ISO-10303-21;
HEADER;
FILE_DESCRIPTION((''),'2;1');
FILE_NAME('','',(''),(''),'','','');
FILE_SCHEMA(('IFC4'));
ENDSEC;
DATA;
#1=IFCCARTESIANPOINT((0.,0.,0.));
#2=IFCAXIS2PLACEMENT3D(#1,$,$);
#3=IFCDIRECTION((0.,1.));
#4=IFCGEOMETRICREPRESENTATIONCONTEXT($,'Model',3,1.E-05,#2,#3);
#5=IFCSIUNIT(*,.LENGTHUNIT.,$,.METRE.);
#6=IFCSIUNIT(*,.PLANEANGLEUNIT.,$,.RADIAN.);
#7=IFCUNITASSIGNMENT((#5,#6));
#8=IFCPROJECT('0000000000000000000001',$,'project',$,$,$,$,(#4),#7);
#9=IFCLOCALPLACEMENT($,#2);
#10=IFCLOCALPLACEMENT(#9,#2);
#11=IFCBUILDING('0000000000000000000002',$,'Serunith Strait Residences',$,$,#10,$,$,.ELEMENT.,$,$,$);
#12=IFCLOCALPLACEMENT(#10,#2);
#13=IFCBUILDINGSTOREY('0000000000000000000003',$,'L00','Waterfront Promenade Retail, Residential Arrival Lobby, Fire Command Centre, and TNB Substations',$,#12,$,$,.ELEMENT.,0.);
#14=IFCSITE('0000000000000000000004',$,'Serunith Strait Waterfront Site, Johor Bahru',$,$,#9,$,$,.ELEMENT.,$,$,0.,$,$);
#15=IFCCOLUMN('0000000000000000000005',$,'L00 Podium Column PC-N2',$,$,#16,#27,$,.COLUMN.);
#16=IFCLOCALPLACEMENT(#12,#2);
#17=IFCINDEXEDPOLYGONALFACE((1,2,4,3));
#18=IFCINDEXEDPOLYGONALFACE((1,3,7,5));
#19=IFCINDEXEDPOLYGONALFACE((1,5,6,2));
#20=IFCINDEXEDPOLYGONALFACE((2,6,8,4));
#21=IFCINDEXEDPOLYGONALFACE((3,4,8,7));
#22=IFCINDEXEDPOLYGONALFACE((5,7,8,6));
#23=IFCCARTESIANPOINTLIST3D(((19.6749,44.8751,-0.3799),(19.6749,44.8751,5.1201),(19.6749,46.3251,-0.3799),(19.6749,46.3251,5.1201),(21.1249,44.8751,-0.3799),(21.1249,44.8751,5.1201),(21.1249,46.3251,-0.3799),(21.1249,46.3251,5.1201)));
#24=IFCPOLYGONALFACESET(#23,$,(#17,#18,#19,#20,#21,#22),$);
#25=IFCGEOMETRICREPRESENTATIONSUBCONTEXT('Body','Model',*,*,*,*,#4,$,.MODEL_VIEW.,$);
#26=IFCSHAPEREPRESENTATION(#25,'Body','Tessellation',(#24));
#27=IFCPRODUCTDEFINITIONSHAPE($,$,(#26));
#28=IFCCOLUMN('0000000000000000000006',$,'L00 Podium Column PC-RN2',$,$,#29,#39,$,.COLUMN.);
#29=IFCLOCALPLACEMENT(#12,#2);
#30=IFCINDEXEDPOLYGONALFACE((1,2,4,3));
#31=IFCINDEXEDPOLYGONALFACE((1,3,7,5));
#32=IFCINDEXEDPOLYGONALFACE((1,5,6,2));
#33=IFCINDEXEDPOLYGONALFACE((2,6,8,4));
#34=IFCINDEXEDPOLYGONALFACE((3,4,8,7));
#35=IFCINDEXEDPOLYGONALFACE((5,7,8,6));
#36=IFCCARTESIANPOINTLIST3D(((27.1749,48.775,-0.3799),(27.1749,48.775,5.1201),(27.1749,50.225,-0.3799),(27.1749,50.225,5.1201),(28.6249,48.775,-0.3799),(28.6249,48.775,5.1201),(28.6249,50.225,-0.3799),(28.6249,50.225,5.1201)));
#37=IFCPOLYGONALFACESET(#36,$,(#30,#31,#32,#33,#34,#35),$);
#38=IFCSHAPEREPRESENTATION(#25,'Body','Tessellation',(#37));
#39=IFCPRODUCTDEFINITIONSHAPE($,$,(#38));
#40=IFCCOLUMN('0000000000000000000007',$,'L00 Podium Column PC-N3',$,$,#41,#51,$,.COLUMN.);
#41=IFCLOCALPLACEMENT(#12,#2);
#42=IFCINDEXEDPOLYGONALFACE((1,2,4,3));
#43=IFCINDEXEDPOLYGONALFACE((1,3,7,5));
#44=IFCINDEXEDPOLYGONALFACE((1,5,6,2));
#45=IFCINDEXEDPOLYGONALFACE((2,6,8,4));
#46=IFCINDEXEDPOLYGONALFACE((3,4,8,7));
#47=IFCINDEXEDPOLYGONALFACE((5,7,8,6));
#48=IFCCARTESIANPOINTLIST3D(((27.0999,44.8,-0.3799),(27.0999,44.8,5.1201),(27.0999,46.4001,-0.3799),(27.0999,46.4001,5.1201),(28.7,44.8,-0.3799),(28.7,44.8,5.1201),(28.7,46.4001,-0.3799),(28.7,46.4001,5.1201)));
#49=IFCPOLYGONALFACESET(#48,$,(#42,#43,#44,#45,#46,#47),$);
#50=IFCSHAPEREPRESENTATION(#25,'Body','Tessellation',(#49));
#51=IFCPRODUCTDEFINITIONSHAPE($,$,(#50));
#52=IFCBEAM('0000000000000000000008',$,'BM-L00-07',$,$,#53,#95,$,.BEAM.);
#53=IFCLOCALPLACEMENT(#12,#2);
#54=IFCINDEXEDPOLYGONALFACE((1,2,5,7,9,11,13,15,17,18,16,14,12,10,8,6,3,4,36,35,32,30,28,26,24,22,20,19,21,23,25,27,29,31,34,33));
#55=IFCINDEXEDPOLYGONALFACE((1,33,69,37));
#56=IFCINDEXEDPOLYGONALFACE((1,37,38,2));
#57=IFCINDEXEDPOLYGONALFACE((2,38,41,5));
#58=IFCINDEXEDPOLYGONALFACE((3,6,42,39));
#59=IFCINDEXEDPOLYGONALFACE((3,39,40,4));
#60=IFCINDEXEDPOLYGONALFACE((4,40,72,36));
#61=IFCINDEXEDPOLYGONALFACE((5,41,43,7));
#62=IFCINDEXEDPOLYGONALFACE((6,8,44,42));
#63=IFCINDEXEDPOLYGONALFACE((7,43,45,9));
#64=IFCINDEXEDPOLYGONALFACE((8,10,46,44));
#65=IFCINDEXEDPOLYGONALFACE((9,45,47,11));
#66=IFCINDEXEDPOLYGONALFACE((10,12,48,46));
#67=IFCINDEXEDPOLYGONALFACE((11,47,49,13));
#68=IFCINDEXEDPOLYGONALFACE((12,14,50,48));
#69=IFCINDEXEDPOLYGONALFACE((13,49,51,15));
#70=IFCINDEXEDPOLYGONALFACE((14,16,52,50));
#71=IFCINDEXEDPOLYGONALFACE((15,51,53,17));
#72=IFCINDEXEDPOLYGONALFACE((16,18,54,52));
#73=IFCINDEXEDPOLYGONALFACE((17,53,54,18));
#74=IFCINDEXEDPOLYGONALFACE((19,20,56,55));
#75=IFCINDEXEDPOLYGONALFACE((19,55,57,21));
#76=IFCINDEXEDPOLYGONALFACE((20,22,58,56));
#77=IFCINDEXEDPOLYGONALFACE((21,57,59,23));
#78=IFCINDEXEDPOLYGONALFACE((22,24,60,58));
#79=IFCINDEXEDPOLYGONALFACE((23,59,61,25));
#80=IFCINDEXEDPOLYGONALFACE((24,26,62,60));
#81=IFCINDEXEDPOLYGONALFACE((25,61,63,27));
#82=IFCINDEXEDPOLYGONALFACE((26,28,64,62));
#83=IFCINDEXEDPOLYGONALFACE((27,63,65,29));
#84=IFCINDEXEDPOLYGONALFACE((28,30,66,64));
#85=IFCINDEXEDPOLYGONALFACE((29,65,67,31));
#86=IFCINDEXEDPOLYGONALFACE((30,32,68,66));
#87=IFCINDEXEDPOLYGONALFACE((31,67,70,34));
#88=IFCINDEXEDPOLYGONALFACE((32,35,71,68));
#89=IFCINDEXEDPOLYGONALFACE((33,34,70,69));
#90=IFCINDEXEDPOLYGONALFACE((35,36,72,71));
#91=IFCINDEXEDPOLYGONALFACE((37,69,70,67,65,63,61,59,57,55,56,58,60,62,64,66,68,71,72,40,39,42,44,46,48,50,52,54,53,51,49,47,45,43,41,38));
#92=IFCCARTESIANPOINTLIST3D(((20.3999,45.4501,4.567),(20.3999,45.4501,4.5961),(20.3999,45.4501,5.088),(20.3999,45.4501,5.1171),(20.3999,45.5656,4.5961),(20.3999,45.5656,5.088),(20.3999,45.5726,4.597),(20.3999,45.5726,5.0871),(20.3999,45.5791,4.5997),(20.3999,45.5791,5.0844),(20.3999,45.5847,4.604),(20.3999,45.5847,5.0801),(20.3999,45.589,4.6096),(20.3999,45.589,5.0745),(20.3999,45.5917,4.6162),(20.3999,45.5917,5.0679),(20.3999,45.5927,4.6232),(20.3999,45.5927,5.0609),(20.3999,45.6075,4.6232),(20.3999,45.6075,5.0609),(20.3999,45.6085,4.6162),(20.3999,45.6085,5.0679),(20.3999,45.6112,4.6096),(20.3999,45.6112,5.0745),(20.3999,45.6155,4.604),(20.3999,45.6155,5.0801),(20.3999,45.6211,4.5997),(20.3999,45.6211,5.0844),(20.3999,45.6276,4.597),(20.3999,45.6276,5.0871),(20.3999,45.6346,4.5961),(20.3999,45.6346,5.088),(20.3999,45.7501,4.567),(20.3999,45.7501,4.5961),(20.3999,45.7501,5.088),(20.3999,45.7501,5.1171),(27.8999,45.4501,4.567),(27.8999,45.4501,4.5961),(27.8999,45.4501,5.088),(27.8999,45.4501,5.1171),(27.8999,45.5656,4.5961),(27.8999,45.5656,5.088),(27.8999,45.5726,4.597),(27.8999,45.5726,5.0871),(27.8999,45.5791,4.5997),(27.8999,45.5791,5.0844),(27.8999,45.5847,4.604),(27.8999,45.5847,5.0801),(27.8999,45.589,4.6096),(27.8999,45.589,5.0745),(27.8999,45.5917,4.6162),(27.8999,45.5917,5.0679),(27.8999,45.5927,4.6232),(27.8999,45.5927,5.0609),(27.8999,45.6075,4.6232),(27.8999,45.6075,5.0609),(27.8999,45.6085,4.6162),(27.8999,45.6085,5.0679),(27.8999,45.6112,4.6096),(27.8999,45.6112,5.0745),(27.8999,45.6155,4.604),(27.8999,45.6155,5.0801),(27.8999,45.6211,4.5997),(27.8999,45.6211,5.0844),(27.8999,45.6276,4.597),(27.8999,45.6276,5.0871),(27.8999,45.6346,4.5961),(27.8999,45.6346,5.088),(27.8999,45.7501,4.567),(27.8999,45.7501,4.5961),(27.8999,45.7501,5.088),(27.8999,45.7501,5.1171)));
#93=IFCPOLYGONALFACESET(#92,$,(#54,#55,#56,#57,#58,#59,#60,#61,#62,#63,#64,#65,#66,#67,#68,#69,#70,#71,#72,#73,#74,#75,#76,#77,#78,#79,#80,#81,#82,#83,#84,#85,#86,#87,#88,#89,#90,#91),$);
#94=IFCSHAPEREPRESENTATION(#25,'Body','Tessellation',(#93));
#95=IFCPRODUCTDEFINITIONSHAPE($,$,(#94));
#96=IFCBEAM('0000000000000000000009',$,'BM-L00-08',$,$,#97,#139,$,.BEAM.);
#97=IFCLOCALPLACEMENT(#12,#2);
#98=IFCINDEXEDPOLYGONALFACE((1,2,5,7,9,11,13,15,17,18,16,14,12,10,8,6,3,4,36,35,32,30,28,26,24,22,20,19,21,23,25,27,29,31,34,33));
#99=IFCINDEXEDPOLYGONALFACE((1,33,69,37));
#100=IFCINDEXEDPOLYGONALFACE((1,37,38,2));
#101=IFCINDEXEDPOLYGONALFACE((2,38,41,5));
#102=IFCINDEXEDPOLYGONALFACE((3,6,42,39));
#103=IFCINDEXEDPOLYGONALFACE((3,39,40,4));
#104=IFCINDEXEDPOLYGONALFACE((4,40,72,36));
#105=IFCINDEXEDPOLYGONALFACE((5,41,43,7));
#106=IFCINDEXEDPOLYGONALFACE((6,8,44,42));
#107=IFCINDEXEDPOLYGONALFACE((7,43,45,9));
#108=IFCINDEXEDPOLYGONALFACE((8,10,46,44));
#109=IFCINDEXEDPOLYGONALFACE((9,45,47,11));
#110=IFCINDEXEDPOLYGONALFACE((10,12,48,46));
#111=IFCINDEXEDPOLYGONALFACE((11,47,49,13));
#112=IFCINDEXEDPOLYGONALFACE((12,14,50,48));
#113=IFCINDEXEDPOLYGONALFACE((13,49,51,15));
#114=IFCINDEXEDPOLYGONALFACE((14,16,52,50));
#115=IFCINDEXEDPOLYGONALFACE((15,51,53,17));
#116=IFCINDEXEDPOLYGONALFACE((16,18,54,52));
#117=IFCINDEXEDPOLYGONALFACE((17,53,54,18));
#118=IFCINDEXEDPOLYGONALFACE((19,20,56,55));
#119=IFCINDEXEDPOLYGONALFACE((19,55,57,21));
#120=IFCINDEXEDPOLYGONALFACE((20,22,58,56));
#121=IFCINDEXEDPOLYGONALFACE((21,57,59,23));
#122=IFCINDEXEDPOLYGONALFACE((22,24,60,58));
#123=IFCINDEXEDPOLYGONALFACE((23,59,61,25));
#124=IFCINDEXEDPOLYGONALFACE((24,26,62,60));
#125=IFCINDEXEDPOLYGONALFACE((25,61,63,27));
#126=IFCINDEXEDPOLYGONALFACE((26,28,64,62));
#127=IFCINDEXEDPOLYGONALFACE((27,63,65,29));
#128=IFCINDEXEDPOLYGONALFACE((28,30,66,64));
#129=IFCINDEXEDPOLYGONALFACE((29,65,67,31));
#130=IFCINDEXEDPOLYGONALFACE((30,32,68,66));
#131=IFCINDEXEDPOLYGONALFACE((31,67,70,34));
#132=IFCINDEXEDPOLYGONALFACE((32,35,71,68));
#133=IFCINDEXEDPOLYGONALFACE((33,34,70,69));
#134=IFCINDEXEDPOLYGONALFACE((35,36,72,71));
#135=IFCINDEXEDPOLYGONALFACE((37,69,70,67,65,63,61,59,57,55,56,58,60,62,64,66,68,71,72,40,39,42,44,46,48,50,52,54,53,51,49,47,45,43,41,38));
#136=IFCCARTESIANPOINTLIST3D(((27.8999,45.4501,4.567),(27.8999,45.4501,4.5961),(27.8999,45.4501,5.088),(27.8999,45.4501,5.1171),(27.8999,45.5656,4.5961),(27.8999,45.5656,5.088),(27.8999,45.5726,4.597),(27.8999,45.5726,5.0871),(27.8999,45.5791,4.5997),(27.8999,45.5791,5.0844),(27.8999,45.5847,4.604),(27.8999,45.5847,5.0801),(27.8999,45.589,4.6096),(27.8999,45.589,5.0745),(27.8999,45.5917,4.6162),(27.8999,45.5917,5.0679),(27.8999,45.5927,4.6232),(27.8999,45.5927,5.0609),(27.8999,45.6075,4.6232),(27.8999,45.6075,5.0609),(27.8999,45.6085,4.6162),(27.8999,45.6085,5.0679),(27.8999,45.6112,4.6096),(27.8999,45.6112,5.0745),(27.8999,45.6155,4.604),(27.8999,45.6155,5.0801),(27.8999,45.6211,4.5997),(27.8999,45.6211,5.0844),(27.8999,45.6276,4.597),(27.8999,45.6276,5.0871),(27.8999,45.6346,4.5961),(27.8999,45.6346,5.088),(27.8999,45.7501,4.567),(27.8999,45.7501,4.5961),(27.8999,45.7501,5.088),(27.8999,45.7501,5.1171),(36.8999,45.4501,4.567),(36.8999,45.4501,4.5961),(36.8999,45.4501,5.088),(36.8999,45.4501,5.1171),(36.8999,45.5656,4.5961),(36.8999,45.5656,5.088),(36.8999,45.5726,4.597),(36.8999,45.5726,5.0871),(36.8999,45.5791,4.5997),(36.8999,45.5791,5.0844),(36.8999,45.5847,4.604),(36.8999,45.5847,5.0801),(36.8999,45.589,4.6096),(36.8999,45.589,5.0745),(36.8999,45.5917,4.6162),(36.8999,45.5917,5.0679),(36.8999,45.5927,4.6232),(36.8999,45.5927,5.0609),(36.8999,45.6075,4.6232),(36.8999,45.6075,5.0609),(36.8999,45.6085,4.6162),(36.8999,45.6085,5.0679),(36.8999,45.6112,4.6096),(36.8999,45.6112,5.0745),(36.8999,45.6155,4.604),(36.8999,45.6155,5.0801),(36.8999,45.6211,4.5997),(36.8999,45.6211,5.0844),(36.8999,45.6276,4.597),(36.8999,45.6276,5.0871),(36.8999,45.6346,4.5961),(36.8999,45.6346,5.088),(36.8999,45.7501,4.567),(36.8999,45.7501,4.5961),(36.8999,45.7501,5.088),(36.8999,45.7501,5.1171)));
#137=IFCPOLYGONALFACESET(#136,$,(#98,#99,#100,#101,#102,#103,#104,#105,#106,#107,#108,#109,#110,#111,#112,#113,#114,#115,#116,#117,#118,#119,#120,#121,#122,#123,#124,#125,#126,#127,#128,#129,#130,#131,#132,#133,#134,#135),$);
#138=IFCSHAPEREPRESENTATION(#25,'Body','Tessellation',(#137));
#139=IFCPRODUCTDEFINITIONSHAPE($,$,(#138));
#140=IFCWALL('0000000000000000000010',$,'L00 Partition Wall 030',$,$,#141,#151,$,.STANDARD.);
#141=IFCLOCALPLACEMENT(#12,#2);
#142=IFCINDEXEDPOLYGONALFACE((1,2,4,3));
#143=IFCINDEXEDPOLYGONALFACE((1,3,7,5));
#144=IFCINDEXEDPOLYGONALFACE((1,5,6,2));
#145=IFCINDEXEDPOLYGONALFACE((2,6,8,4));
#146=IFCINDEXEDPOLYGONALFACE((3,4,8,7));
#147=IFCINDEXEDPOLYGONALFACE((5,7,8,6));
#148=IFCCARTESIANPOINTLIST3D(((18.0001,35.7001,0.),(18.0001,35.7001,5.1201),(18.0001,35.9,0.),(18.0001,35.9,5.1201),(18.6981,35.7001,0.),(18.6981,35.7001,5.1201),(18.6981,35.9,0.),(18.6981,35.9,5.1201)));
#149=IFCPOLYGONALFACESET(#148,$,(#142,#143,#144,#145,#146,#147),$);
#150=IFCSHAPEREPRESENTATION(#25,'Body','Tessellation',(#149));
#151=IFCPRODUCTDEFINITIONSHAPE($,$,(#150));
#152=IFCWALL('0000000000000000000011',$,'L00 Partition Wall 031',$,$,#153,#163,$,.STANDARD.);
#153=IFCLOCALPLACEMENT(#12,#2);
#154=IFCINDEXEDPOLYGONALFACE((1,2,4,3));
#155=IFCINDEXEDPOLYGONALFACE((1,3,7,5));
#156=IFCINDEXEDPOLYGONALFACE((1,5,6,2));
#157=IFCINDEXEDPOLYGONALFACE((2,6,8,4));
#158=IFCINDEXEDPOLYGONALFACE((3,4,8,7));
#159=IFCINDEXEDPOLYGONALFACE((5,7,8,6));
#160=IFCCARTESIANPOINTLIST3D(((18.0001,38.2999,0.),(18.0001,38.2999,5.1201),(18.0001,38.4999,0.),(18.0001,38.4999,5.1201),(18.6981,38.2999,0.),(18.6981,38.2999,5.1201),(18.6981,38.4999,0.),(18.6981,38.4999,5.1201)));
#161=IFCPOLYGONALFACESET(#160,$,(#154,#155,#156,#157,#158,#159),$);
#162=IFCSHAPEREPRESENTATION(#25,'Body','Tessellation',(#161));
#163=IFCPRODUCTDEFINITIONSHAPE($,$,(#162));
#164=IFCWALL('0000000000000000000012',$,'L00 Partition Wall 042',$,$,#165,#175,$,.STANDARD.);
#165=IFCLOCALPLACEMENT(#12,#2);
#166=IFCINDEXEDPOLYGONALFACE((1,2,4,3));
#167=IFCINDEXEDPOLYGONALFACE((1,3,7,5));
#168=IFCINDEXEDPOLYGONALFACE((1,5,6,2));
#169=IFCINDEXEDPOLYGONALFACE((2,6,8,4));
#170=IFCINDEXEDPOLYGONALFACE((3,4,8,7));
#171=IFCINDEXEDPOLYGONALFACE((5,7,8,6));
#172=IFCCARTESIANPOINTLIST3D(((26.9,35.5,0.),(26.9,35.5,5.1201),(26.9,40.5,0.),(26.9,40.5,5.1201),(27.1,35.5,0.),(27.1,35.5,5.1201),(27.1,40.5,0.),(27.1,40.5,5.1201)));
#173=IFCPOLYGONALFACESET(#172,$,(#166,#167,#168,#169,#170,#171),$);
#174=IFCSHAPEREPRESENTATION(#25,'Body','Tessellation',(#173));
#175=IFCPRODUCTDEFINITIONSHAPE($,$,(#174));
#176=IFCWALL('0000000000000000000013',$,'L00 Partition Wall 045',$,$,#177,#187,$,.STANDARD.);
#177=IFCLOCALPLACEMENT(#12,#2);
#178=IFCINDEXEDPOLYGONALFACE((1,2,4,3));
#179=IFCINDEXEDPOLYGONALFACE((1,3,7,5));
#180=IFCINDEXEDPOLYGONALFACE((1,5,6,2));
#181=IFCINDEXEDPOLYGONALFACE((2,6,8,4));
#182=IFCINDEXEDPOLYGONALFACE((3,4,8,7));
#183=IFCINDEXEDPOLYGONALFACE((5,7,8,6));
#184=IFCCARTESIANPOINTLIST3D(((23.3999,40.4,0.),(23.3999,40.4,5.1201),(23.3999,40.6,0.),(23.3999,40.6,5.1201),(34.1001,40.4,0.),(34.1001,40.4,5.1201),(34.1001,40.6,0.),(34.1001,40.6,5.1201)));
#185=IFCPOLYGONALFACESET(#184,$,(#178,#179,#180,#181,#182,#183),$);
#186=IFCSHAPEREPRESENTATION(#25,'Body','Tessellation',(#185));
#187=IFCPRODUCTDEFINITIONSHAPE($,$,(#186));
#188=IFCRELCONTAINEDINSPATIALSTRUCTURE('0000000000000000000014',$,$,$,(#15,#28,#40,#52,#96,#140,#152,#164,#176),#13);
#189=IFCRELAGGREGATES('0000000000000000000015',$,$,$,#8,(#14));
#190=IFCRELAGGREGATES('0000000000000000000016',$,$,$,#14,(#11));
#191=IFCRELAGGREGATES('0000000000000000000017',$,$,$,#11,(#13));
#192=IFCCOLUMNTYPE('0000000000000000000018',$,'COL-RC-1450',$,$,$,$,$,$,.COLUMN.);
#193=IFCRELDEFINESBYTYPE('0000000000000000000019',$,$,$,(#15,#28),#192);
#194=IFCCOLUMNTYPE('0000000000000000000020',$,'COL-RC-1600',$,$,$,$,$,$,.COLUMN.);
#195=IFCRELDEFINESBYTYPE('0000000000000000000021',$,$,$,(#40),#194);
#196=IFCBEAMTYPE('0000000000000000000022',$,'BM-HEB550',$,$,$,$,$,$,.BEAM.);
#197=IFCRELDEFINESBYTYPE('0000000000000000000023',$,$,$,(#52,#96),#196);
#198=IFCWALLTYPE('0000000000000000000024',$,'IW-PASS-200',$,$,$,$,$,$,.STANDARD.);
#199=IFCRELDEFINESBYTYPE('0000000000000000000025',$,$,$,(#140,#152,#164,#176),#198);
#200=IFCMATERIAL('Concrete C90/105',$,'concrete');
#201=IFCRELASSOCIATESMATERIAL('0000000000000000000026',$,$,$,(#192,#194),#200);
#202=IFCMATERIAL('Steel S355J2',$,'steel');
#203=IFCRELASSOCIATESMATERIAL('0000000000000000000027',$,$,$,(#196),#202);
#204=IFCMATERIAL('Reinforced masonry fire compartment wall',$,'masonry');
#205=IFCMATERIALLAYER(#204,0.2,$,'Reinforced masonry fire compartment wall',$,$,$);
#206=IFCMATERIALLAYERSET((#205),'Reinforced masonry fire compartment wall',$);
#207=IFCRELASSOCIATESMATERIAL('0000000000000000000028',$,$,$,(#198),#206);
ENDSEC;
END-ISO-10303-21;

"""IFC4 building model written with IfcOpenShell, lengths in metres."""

from ifc_helpers import new_model, si_unit, direction, frame, frame_2d, origin, origin_2d, place, context, subcontext, project, spatial, rectangle, i_section, extrude, source, transform, mapped, material, layer, layer_set, material_profile, profile_set, type_object, element, save


model = new_model("IFC4")

# Units and contexts
model_context = context("Model", 3, precision=1e-05, world=origin(), true_north=direction((0.0, 1.0)))
body_context = subcontext(model_context, "Body", "Model", "MODEL_VIEW")
ifc_project = project(units=[si_unit("LENGTHUNIT", "METRE"), si_unit("PLANEANGLEUNIT", "RADIAN")], contexts=[model_context])

# Site, building, storey
site_placement = place(None, origin())
site = spatial("IfcSite", under=ifc_project, at=site_placement, Name="Serunith Strait Waterfront Site, Johor Bahru", CompositionType="ELEMENT", RefElevation=0.0)
building_placement = place(site_placement, origin())
building = spatial("IfcBuilding", under=site, at=building_placement, Name="Serunith Strait Residences", CompositionType="ELEMENT")
storey_placement = place(building_placement, origin())
storey = spatial("IfcBuildingStorey", under=building, at=storey_placement, Name="L00", Description="Waterfront Promenade Retail, Residential Arrival Lobby, Fire Command Centre, and TNB Substations", CompositionType="ELEMENT", Elevation=0.0)

# Columns
ifc_material_1 = material(Name="Concrete C90/105", Category="concrete")
ifc_material_profile_1 = material_profile(ifc_material_1, rectangle(XDim=1.45, YDim=1.45, at=origin_2d()), Name="RC 1450x1450")
ifc_profile_set_1 = profile_set([ifc_material_profile_1], Name="Concrete C90/105")
column_type_1 = type_object("IfcColumnType", Name="COL-RC-1450", PredefinedType="COLUMN", material=ifc_profile_set_1)
shared_shape_1 = source(origin(), body_context, "Body", "SweptSolid", [
    extrude(rectangle(XDim=1.45, YDim=1.45, at=origin_2d()), origin(), (0.0, 0.0, 1.0), 5.5),
])
for number, where, z_axis, x_axis, name in (
    (1, (20.3999, 45.6001, -0.3799), (0.0, 0.0, 1.0), (1.0, 0.0, 0.0), "L00 Podium Column PC-N2"),
    (2, (27.8999, 49.5, -0.3799), (0.0, 0.0, 1.0), (1.0, 0.0, 0.0), "L00 Podium Column PC-RN2"),
):
    element("IfcColumn", number, at=place(storey_placement, frame(where, z_axis=z_axis, x_axis=x_axis)), inside=storey, type_object=column_type_1, Name=name, PredefinedType="COLUMN", context=body_context, shape_type="MappedRepresentation", body=[
        mapped(shared_shape_1, transform((0.0, 0.0, 0.0), scale=1.0)),
    ])
ifc_material_profile_2 = material_profile(ifc_material_1, rectangle(XDim=1.6001, YDim=1.6001, at=origin_2d()), Name="RC 1600x1600")
ifc_profile_set_2 = profile_set([ifc_material_profile_2], Name="Concrete C90/105")
column_type_2 = type_object("IfcColumnType", Name="COL-RC-1600", PredefinedType="COLUMN", material=ifc_profile_set_2)
shared_shape_2 = source(origin(), body_context, "Body", "SweptSolid", [
    extrude(rectangle(XDim=1.6001, YDim=1.6001, at=origin_2d()), origin(), (0.0, 0.0, 1.0), 5.5),
])
column_placement = place(storey_placement, frame((27.8999, 45.6001, -0.3799), z_axis=(0.0, 0.0, 1.0), x_axis=(1.0, 0.0, 0.0)))
element("IfcColumn", 3, at=column_placement, inside=storey, type_object=column_type_2, Name="L00 Podium Column PC-N3", PredefinedType="COLUMN", context=body_context, shape_type="MappedRepresentation", body=[
    mapped(shared_shape_2, transform((0.0, 0.0, 0.0), scale=1.0)),
])

# Beams
ifc_material_2 = material(Name="Steel S355J2", Category="steel")
ifc_material_profile_3 = material_profile(ifc_material_2, i_section(OverallWidth=0.3, OverallDepth=0.55, WebThickness=0.0149, FlangeThickness=0.0291, FilletRadius=0.0271, at=origin_2d()), Name="HEB 550")
ifc_profile_set_3 = profile_set([ifc_material_profile_3], Name="Steel S355J2")
beam_type = type_object("IfcBeamType", Name="BM-HEB550", PredefinedType="BEAM", material=ifc_profile_set_3)
shared_shape_3 = source(origin(), body_context, "Body", "SweptSolid", [
    extrude(i_section(OverallWidth=0.3, OverallDepth=0.55, WebThickness=0.0149, FlangeThickness=0.0291, FilletRadius=0.0271, at=origin_2d()), origin(), (0.0, 0.0, 1.0), 7.5),
])
beam_1_placement = place(storey_placement, frame((20.3999, 45.6001, 4.842), z_axis=(1.0, 0.0, 0.0), x_axis=(0.0, 1.0, 0.0)))
element("IfcBeam", 4, at=beam_1_placement, inside=storey, type_object=beam_type, Name="BM-L00-07", PredefinedType="BEAM", context=body_context, shape_type="MappedRepresentation", body=[
    mapped(shared_shape_3, transform((0.0, 0.0, 0.0), scale=1.0)),
])
shared_shape_4 = source(origin(), body_context, "Body", "SweptSolid", [
    extrude(i_section(OverallWidth=0.3, OverallDepth=0.55, WebThickness=0.0149, FlangeThickness=0.0291, FilletRadius=0.0271, at=origin_2d()), origin(), (0.0, 0.0, 1.0), 9.0),
])
beam_2_placement = place(storey_placement, frame((27.8999, 45.6001, 4.842), z_axis=(1.0, 0.0, 0.0), x_axis=(0.0, 1.0, 0.0)))
element("IfcBeam", 5, at=beam_2_placement, inside=storey, type_object=beam_type, Name="BM-L00-08", PredefinedType="BEAM", context=body_context, shape_type="MappedRepresentation", body=[
    mapped(shared_shape_4, transform((0.0, 0.0, 0.0), scale=1.0)),
])

# Walls
ifc_material_3 = material(Name="Reinforced masonry fire compartment wall", Category="masonry")
ifc_layer_1 = layer(ifc_material_3, 0.2, Name="Reinforced masonry fire compartment wall")
ifc_layer_set_1 = layer_set([ifc_layer_1], Name="Reinforced masonry fire compartment wall")
wall_type_1 = type_object("IfcWallType", Name="IW-PASS-200", PredefinedType="STANDARD", material=ifc_layer_set_1)
for number, where, z_axis, x_axis, name in (
    (6, (18.0, 35.8, 0.0), (0.0, 0.0, 1.0), (1.0, 0.0, 0.0), "L00 Partition Wall 030"),
    (7, (18.0, 38.3999, 0.0), (0.0, 0.0, 1.0), (1.0, 0.0, 0.0), "L00 Partition Wall 031"),
):
    element("IfcWall", number, at=place(storey_placement, frame(where, z_axis=z_axis, x_axis=x_axis)), inside=storey, type_object=wall_type_1, Name=name, PredefinedType="STANDARD", context=body_context, shape_type="SweptSolid", body=[
        extrude(rectangle(XDim=0.698, YDim=0.2, at=frame_2d((0.3491, 0.0))), origin(), (0.0, 0.0, 1.0), 5.1201),
    ])

# Walls
wall_1_placement = place(storey_placement, frame((27.0, 35.5, 0.0), z_axis=(0.0, 0.0, 1.0), x_axis=(0.0, 1.0, 0.0)))
element("IfcWall", 8, at=wall_1_placement, inside=storey, type_object=wall_type_1, Name="L00 Partition Wall 042", PredefinedType="STANDARD", context=body_context, shape_type="SweptSolid", body=[
    extrude(rectangle(XDim=5.0, YDim=0.2, at=frame_2d((2.5, 0.0))), origin(), (0.0, 0.0, 1.0), 5.1201),
])
for number, where, z_axis, x_axis, name in (
    (9, (23.3999, 40.5, 0.0), (0.0, 0.0, 1.0), (1.0, 0.0, 0.0), "L00 Partition Wall 045"),
):
    element("IfcWall", number, at=place(storey_placement, frame(where, z_axis=z_axis, x_axis=x_axis)), inside=storey, type_object=wall_type_1, Name=name, PredefinedType="STANDARD", context=body_context, shape_type="SweptSolid", body=[
        extrude(rectangle(XDim=10.7002, YDim=0.2, at=frame_2d((5.3501, 0.0))), origin(), (0.0, 0.0, 1.0), 5.1201),
    ])

save(model, "model.ifc")
